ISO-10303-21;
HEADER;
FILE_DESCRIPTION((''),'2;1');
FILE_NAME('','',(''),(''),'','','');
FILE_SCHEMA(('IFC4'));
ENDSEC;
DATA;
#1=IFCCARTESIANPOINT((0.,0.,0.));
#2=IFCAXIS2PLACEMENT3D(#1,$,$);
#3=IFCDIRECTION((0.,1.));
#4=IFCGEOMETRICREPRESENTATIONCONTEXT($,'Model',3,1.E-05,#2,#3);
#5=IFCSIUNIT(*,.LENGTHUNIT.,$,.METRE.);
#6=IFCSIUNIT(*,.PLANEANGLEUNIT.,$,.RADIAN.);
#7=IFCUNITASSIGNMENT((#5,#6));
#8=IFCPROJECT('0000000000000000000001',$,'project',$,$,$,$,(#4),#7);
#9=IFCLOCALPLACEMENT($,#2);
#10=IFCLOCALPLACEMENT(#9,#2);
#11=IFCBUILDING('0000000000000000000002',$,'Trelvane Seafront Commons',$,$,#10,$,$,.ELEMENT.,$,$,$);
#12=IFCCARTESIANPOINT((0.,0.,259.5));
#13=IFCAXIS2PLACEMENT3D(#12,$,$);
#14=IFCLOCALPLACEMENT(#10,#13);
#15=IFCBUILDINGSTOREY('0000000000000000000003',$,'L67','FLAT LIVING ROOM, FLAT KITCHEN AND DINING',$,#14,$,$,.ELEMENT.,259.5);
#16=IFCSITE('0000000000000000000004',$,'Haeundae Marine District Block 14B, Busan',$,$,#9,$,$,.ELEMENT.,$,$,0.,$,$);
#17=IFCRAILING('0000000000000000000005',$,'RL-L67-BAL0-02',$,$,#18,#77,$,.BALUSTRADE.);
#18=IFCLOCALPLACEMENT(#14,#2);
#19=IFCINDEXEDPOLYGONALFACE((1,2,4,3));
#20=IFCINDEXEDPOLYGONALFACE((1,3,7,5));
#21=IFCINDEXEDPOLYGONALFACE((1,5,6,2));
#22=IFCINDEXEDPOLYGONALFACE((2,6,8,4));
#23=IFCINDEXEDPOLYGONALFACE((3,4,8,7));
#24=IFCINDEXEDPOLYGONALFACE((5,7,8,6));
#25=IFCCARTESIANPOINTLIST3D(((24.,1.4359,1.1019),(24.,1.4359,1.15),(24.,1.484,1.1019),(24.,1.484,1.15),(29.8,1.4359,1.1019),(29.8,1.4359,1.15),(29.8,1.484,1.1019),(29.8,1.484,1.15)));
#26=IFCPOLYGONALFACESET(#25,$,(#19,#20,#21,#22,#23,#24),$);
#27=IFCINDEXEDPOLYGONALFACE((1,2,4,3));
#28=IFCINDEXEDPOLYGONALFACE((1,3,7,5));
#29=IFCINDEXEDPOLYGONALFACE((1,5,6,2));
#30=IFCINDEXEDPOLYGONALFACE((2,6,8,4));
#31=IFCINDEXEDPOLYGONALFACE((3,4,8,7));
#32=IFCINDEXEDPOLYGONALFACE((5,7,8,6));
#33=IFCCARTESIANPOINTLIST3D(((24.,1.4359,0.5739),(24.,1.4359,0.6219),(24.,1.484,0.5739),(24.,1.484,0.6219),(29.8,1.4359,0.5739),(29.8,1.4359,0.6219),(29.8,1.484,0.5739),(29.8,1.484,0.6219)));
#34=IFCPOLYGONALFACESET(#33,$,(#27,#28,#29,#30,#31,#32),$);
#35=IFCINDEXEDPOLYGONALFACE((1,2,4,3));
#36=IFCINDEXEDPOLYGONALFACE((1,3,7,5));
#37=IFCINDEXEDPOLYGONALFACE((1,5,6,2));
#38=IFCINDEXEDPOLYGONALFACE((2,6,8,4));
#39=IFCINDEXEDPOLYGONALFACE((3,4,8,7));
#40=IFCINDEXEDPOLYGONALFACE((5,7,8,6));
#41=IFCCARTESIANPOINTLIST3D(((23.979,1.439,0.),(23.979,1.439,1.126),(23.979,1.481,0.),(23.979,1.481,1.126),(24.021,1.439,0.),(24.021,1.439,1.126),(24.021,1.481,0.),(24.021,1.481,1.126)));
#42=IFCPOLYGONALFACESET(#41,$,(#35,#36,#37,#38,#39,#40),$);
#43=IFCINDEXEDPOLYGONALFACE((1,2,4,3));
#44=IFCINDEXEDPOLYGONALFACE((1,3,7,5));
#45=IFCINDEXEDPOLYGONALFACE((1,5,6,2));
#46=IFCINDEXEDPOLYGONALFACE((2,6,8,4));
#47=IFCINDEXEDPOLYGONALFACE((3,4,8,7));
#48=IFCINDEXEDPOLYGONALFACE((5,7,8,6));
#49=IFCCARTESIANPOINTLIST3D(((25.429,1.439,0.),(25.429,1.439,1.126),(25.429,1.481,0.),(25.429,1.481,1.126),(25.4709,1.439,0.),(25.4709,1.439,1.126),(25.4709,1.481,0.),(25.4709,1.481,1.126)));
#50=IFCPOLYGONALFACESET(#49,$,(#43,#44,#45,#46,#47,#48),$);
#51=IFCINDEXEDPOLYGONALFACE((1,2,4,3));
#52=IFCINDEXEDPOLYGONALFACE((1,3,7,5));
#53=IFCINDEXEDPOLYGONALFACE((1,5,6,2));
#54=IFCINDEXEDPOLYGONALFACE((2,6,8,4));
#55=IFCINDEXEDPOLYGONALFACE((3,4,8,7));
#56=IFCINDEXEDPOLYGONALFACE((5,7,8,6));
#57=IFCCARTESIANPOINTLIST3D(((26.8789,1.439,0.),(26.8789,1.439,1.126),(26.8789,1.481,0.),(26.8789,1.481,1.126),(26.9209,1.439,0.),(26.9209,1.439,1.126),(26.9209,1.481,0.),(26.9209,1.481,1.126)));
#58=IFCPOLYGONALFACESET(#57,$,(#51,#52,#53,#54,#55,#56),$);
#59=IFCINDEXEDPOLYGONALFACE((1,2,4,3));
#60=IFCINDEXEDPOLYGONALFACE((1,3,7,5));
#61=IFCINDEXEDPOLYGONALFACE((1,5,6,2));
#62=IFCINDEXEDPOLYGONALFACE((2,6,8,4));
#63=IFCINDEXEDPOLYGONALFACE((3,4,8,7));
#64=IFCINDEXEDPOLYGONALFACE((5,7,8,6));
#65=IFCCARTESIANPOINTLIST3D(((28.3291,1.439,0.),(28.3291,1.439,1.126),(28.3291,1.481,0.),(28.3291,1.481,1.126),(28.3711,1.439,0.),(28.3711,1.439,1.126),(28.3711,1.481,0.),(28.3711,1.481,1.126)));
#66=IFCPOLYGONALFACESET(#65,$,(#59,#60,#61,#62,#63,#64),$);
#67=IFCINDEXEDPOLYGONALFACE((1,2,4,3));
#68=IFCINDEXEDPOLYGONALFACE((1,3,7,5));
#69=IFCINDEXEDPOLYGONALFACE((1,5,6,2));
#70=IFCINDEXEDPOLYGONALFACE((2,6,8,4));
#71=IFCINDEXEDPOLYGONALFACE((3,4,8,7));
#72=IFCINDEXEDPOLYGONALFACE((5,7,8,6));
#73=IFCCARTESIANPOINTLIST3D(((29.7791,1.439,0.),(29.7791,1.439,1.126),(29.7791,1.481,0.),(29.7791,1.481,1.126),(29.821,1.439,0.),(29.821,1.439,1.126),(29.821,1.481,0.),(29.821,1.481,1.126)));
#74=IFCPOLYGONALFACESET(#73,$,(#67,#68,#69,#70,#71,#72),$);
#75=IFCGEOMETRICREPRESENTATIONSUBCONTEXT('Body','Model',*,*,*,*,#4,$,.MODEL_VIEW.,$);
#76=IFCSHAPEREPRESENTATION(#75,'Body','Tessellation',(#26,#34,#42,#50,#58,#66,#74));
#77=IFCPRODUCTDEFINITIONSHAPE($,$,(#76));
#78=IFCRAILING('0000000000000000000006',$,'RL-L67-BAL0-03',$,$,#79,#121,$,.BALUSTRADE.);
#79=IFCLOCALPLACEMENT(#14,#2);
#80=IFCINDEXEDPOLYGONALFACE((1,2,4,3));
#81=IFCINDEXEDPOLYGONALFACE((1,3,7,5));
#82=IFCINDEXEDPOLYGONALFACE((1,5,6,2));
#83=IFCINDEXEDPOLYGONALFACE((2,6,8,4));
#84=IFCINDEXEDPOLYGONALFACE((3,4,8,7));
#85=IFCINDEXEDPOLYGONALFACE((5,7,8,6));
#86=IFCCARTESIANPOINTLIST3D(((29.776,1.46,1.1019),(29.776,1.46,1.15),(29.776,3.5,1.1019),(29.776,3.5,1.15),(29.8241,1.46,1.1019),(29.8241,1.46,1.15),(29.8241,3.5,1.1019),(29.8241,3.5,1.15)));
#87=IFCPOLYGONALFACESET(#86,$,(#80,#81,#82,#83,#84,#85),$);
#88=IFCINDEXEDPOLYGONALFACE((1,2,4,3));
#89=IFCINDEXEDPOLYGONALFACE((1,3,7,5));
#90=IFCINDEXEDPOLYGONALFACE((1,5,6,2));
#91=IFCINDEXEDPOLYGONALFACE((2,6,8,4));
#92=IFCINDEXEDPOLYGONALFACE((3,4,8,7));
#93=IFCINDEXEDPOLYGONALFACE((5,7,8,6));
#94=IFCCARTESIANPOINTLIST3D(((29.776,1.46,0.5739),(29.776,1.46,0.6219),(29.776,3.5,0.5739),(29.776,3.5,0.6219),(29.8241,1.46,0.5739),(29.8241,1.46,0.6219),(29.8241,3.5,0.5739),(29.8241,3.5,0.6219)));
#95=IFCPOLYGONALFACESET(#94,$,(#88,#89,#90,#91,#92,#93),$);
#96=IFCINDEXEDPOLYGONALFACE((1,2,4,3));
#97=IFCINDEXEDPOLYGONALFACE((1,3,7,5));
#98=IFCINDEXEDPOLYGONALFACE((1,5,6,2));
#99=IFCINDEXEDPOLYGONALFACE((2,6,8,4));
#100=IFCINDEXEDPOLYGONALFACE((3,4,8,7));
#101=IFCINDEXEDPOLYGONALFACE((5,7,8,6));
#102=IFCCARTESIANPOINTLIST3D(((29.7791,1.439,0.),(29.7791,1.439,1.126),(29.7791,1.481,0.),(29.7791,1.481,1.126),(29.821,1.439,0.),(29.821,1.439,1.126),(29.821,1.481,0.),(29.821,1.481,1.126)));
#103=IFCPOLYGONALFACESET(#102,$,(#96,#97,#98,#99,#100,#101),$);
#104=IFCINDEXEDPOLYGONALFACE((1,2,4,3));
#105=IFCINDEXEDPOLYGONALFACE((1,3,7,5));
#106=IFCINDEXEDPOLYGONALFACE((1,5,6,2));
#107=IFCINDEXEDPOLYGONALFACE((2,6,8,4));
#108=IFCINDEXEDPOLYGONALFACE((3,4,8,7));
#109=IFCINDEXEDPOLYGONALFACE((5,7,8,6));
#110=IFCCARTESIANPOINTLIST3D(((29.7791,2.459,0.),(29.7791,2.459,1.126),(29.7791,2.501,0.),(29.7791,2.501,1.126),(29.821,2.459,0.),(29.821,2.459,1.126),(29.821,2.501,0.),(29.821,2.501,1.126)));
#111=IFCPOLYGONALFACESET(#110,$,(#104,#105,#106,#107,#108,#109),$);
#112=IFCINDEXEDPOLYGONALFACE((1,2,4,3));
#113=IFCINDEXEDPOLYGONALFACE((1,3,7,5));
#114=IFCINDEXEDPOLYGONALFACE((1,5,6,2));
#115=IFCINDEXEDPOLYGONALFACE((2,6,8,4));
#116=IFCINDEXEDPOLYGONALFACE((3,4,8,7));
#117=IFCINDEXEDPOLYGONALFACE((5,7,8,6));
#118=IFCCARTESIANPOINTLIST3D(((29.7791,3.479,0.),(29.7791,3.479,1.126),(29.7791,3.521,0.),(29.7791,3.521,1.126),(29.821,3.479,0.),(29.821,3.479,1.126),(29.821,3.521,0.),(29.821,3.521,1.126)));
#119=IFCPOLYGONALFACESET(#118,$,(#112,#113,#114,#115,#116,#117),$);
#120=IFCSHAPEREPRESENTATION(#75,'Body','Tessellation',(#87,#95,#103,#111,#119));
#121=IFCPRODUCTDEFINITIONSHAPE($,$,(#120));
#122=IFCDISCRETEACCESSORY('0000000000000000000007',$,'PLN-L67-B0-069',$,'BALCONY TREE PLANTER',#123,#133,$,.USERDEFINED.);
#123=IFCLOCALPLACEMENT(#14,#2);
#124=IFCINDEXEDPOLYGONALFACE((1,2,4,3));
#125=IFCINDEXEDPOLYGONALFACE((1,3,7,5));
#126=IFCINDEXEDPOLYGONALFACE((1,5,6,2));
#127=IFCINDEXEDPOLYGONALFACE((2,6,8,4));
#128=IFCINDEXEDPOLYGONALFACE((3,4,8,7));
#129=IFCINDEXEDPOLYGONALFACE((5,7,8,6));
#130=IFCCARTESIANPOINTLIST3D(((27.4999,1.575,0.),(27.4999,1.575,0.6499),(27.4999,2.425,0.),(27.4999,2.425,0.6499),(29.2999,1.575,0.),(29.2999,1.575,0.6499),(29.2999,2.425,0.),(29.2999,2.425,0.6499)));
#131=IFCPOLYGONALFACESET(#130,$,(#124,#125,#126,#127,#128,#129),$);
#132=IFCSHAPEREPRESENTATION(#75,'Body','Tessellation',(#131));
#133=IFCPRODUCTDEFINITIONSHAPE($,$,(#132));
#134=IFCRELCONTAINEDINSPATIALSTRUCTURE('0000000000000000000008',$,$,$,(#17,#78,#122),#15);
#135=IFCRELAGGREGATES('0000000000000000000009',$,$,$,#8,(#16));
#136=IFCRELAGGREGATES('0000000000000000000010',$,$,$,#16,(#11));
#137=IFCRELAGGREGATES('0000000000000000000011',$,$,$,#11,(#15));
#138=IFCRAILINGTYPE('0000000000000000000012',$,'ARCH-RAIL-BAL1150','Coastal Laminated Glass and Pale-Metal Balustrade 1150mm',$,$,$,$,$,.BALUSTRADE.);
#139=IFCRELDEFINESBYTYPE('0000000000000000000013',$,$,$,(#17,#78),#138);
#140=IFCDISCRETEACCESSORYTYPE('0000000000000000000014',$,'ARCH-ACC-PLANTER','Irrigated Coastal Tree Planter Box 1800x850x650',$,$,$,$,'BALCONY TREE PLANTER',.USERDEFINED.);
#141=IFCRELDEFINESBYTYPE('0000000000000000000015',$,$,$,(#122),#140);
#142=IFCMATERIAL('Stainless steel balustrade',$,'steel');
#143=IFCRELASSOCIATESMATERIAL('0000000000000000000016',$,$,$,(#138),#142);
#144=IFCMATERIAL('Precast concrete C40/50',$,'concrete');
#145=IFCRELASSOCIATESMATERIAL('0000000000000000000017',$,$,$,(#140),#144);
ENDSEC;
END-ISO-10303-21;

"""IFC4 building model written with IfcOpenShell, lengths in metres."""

from ifc_helpers import new_model, si_unit, direction, frame, origin, origin_2d, place, context, subcontext, project, spatial, rectangle, extrude, source, transform, mapped, material, type_object, element, save


model = new_model("IFC4")

# Units and contexts
model_context = context("Model", 3, precision=1e-05, world=origin(), true_north=direction((0.0, 1.0)))
body_context = subcontext(model_context, "Body", "Model", "MODEL_VIEW")
ifc_project = project(units=[si_unit("LENGTHUNIT", "METRE"), si_unit("PLANEANGLEUNIT", "RADIAN")], contexts=[model_context])

# Site, building, storey
site_placement = place(None, origin())
site = spatial("IfcSite", under=ifc_project, at=site_placement, Name="Haeundae Marine District Block 14B, Busan", CompositionType="ELEMENT", RefElevation=0.0)
building_placement = place(site_placement, origin())
building = spatial("IfcBuilding", under=site, at=building_placement, Name="Trelvane Seafront Commons", CompositionType="ELEMENT")
storey_placement = place(building_placement, frame((0.0, 0.0, 259.5)))
storey = spatial("IfcBuildingStorey", under=building, at=storey_placement, Name="L67", Description="FLAT LIVING ROOM, FLAT KITCHEN AND DINING", CompositionType="ELEMENT", Elevation=259.5)

# Railings
ifc_material_1 = material(Name="Stainless steel balustrade", Category="steel")
railing_type = type_object("IfcRailingType", Name="ARCH-RAIL-BAL1150", Description="Coastal Laminated Glass and Pale-Metal Balustrade 1150mm", PredefinedType="BALUSTRADE", material=ifc_material_1)
railing_1_placement = place(storey_placement, frame((24.0, 1.46, 0.0)))
element("IfcRailing", 1, at=railing_1_placement, inside=storey, type_object=railing_type, Name="RL-L67-BAL0-02", PredefinedType="BALUSTRADE", context=body_context, shape_type="SweptSolid", body=[
    extrude(rectangle(XDim=0.0481, YDim=0.0481, at=origin_2d()), frame((0.0, 0.0, 1.126), z_axis=(1.0, 0.0, 0.0), x_axis=(0.0, 1.0, 0.0)), (0.0, 0.0, 1.0), 5.8),
    extrude(rectangle(XDim=0.0481, YDim=0.0481, at=origin_2d()), frame((0.0, 0.0, 0.5979), z_axis=(1.0, 0.0, 0.0), x_axis=(0.0, 1.0, 0.0)), (0.0, 0.0, 1.0), 5.8),
    extrude(rectangle(XDim=0.042, YDim=0.042, at=origin_2d()), origin(), (0.0, 0.0, 1.0), 1.126),
    extrude(rectangle(XDim=0.042, YDim=0.042, at=origin_2d()), frame((1.45, 0.0, 0.0)), (0.0, 0.0, 1.0), 1.126),
    extrude(rectangle(XDim=0.042, YDim=0.042, at=origin_2d()), frame((2.8999, 0.0, 0.0)), (0.0, 0.0, 1.0), 1.126),
    extrude(rectangle(XDim=0.042, YDim=0.042, at=origin_2d()), frame((4.3501, 0.0, 0.0)), (0.0, 0.0, 1.0), 1.126),
    extrude(rectangle(XDim=0.042, YDim=0.042, at=origin_2d()), frame((5.8, 0.0, 0.0)), (0.0, 0.0, 1.0), 1.126),
])
railing_2_placement = place(storey_placement, frame((29.8, 1.46, 0.0)))
element("IfcRailing", 2, at=railing_2_placement, inside=storey, type_object=railing_type, Name="RL-L67-BAL0-03", PredefinedType="BALUSTRADE", context=body_context, shape_type="SweptSolid", body=[
    extrude(rectangle(XDim=0.0481, YDim=0.0481, at=origin_2d()), frame((0.0, 0.0, 1.126), z_axis=(0.0, 1.0, 0.0), x_axis=(-1.0, 0.0, 0.0)), (0.0, 0.0, 1.0), 2.04),
    extrude(rectangle(XDim=0.0481, YDim=0.0481, at=origin_2d()), frame((0.0, 0.0, 0.5979), z_axis=(0.0, 1.0, 0.0), x_axis=(-1.0, 0.0, 0.0)), (0.0, 0.0, 1.0), 2.04),
    extrude(rectangle(XDim=0.042, YDim=0.042, at=origin_2d()), origin(), (0.0, 0.0, 1.0), 1.126),
    extrude(rectangle(XDim=0.042, YDim=0.042, at=origin_2d()), frame((0.0, 1.02, 0.0)), (0.0, 0.0, 1.0), 1.126),
    extrude(rectangle(XDim=0.042, YDim=0.042, at=origin_2d()), frame((0.0, 2.04, 0.0)), (0.0, 0.0, 1.0), 1.126),
])

# Discrete accessory
ifc_material_2 = material(Name="Precast concrete C40/50", Category="concrete")
discrete_accessory_type = type_object("IfcDiscreteAccessoryType", Name="ARCH-ACC-PLANTER", Description="Irrigated Coastal Tree Planter Box 1800x850x650", ElementType="BALCONY TREE PLANTER", PredefinedType="USERDEFINED", material=ifc_material_2)
shared_shape_1 = source(origin(), body_context, "Body", "SweptSolid", [
    extrude(rectangle(XDim=1.8, YDim=0.8501, at=origin_2d()), origin(), (0.0, 0.0, 1.0), 0.6499),
])
discrete_accessory_placement = place(storey_placement, frame((28.3999, 2.0, 0.0), z_axis=(0.0, 0.0, 1.0), x_axis=(1.0, 0.0, 0.0)))
element("IfcDiscreteAccessory", 3, at=discrete_accessory_placement, inside=storey, type_object=discrete_accessory_type, Name="PLN-L67-B0-069", ObjectType="BALCONY TREE PLANTER", PredefinedType="USERDEFINED", context=body_context, shape_type="MappedRepresentation", body=[
    mapped(shared_shape_1, transform((0.0, 0.0, 0.0), x_axis=(1.0, 0.0, 0.0), y_axis=(0.0, 1.0, 0.0), z_axis=(0.0, 0.0, 1.0), scale=1.0)),
])

save(model, "model.ifc")
